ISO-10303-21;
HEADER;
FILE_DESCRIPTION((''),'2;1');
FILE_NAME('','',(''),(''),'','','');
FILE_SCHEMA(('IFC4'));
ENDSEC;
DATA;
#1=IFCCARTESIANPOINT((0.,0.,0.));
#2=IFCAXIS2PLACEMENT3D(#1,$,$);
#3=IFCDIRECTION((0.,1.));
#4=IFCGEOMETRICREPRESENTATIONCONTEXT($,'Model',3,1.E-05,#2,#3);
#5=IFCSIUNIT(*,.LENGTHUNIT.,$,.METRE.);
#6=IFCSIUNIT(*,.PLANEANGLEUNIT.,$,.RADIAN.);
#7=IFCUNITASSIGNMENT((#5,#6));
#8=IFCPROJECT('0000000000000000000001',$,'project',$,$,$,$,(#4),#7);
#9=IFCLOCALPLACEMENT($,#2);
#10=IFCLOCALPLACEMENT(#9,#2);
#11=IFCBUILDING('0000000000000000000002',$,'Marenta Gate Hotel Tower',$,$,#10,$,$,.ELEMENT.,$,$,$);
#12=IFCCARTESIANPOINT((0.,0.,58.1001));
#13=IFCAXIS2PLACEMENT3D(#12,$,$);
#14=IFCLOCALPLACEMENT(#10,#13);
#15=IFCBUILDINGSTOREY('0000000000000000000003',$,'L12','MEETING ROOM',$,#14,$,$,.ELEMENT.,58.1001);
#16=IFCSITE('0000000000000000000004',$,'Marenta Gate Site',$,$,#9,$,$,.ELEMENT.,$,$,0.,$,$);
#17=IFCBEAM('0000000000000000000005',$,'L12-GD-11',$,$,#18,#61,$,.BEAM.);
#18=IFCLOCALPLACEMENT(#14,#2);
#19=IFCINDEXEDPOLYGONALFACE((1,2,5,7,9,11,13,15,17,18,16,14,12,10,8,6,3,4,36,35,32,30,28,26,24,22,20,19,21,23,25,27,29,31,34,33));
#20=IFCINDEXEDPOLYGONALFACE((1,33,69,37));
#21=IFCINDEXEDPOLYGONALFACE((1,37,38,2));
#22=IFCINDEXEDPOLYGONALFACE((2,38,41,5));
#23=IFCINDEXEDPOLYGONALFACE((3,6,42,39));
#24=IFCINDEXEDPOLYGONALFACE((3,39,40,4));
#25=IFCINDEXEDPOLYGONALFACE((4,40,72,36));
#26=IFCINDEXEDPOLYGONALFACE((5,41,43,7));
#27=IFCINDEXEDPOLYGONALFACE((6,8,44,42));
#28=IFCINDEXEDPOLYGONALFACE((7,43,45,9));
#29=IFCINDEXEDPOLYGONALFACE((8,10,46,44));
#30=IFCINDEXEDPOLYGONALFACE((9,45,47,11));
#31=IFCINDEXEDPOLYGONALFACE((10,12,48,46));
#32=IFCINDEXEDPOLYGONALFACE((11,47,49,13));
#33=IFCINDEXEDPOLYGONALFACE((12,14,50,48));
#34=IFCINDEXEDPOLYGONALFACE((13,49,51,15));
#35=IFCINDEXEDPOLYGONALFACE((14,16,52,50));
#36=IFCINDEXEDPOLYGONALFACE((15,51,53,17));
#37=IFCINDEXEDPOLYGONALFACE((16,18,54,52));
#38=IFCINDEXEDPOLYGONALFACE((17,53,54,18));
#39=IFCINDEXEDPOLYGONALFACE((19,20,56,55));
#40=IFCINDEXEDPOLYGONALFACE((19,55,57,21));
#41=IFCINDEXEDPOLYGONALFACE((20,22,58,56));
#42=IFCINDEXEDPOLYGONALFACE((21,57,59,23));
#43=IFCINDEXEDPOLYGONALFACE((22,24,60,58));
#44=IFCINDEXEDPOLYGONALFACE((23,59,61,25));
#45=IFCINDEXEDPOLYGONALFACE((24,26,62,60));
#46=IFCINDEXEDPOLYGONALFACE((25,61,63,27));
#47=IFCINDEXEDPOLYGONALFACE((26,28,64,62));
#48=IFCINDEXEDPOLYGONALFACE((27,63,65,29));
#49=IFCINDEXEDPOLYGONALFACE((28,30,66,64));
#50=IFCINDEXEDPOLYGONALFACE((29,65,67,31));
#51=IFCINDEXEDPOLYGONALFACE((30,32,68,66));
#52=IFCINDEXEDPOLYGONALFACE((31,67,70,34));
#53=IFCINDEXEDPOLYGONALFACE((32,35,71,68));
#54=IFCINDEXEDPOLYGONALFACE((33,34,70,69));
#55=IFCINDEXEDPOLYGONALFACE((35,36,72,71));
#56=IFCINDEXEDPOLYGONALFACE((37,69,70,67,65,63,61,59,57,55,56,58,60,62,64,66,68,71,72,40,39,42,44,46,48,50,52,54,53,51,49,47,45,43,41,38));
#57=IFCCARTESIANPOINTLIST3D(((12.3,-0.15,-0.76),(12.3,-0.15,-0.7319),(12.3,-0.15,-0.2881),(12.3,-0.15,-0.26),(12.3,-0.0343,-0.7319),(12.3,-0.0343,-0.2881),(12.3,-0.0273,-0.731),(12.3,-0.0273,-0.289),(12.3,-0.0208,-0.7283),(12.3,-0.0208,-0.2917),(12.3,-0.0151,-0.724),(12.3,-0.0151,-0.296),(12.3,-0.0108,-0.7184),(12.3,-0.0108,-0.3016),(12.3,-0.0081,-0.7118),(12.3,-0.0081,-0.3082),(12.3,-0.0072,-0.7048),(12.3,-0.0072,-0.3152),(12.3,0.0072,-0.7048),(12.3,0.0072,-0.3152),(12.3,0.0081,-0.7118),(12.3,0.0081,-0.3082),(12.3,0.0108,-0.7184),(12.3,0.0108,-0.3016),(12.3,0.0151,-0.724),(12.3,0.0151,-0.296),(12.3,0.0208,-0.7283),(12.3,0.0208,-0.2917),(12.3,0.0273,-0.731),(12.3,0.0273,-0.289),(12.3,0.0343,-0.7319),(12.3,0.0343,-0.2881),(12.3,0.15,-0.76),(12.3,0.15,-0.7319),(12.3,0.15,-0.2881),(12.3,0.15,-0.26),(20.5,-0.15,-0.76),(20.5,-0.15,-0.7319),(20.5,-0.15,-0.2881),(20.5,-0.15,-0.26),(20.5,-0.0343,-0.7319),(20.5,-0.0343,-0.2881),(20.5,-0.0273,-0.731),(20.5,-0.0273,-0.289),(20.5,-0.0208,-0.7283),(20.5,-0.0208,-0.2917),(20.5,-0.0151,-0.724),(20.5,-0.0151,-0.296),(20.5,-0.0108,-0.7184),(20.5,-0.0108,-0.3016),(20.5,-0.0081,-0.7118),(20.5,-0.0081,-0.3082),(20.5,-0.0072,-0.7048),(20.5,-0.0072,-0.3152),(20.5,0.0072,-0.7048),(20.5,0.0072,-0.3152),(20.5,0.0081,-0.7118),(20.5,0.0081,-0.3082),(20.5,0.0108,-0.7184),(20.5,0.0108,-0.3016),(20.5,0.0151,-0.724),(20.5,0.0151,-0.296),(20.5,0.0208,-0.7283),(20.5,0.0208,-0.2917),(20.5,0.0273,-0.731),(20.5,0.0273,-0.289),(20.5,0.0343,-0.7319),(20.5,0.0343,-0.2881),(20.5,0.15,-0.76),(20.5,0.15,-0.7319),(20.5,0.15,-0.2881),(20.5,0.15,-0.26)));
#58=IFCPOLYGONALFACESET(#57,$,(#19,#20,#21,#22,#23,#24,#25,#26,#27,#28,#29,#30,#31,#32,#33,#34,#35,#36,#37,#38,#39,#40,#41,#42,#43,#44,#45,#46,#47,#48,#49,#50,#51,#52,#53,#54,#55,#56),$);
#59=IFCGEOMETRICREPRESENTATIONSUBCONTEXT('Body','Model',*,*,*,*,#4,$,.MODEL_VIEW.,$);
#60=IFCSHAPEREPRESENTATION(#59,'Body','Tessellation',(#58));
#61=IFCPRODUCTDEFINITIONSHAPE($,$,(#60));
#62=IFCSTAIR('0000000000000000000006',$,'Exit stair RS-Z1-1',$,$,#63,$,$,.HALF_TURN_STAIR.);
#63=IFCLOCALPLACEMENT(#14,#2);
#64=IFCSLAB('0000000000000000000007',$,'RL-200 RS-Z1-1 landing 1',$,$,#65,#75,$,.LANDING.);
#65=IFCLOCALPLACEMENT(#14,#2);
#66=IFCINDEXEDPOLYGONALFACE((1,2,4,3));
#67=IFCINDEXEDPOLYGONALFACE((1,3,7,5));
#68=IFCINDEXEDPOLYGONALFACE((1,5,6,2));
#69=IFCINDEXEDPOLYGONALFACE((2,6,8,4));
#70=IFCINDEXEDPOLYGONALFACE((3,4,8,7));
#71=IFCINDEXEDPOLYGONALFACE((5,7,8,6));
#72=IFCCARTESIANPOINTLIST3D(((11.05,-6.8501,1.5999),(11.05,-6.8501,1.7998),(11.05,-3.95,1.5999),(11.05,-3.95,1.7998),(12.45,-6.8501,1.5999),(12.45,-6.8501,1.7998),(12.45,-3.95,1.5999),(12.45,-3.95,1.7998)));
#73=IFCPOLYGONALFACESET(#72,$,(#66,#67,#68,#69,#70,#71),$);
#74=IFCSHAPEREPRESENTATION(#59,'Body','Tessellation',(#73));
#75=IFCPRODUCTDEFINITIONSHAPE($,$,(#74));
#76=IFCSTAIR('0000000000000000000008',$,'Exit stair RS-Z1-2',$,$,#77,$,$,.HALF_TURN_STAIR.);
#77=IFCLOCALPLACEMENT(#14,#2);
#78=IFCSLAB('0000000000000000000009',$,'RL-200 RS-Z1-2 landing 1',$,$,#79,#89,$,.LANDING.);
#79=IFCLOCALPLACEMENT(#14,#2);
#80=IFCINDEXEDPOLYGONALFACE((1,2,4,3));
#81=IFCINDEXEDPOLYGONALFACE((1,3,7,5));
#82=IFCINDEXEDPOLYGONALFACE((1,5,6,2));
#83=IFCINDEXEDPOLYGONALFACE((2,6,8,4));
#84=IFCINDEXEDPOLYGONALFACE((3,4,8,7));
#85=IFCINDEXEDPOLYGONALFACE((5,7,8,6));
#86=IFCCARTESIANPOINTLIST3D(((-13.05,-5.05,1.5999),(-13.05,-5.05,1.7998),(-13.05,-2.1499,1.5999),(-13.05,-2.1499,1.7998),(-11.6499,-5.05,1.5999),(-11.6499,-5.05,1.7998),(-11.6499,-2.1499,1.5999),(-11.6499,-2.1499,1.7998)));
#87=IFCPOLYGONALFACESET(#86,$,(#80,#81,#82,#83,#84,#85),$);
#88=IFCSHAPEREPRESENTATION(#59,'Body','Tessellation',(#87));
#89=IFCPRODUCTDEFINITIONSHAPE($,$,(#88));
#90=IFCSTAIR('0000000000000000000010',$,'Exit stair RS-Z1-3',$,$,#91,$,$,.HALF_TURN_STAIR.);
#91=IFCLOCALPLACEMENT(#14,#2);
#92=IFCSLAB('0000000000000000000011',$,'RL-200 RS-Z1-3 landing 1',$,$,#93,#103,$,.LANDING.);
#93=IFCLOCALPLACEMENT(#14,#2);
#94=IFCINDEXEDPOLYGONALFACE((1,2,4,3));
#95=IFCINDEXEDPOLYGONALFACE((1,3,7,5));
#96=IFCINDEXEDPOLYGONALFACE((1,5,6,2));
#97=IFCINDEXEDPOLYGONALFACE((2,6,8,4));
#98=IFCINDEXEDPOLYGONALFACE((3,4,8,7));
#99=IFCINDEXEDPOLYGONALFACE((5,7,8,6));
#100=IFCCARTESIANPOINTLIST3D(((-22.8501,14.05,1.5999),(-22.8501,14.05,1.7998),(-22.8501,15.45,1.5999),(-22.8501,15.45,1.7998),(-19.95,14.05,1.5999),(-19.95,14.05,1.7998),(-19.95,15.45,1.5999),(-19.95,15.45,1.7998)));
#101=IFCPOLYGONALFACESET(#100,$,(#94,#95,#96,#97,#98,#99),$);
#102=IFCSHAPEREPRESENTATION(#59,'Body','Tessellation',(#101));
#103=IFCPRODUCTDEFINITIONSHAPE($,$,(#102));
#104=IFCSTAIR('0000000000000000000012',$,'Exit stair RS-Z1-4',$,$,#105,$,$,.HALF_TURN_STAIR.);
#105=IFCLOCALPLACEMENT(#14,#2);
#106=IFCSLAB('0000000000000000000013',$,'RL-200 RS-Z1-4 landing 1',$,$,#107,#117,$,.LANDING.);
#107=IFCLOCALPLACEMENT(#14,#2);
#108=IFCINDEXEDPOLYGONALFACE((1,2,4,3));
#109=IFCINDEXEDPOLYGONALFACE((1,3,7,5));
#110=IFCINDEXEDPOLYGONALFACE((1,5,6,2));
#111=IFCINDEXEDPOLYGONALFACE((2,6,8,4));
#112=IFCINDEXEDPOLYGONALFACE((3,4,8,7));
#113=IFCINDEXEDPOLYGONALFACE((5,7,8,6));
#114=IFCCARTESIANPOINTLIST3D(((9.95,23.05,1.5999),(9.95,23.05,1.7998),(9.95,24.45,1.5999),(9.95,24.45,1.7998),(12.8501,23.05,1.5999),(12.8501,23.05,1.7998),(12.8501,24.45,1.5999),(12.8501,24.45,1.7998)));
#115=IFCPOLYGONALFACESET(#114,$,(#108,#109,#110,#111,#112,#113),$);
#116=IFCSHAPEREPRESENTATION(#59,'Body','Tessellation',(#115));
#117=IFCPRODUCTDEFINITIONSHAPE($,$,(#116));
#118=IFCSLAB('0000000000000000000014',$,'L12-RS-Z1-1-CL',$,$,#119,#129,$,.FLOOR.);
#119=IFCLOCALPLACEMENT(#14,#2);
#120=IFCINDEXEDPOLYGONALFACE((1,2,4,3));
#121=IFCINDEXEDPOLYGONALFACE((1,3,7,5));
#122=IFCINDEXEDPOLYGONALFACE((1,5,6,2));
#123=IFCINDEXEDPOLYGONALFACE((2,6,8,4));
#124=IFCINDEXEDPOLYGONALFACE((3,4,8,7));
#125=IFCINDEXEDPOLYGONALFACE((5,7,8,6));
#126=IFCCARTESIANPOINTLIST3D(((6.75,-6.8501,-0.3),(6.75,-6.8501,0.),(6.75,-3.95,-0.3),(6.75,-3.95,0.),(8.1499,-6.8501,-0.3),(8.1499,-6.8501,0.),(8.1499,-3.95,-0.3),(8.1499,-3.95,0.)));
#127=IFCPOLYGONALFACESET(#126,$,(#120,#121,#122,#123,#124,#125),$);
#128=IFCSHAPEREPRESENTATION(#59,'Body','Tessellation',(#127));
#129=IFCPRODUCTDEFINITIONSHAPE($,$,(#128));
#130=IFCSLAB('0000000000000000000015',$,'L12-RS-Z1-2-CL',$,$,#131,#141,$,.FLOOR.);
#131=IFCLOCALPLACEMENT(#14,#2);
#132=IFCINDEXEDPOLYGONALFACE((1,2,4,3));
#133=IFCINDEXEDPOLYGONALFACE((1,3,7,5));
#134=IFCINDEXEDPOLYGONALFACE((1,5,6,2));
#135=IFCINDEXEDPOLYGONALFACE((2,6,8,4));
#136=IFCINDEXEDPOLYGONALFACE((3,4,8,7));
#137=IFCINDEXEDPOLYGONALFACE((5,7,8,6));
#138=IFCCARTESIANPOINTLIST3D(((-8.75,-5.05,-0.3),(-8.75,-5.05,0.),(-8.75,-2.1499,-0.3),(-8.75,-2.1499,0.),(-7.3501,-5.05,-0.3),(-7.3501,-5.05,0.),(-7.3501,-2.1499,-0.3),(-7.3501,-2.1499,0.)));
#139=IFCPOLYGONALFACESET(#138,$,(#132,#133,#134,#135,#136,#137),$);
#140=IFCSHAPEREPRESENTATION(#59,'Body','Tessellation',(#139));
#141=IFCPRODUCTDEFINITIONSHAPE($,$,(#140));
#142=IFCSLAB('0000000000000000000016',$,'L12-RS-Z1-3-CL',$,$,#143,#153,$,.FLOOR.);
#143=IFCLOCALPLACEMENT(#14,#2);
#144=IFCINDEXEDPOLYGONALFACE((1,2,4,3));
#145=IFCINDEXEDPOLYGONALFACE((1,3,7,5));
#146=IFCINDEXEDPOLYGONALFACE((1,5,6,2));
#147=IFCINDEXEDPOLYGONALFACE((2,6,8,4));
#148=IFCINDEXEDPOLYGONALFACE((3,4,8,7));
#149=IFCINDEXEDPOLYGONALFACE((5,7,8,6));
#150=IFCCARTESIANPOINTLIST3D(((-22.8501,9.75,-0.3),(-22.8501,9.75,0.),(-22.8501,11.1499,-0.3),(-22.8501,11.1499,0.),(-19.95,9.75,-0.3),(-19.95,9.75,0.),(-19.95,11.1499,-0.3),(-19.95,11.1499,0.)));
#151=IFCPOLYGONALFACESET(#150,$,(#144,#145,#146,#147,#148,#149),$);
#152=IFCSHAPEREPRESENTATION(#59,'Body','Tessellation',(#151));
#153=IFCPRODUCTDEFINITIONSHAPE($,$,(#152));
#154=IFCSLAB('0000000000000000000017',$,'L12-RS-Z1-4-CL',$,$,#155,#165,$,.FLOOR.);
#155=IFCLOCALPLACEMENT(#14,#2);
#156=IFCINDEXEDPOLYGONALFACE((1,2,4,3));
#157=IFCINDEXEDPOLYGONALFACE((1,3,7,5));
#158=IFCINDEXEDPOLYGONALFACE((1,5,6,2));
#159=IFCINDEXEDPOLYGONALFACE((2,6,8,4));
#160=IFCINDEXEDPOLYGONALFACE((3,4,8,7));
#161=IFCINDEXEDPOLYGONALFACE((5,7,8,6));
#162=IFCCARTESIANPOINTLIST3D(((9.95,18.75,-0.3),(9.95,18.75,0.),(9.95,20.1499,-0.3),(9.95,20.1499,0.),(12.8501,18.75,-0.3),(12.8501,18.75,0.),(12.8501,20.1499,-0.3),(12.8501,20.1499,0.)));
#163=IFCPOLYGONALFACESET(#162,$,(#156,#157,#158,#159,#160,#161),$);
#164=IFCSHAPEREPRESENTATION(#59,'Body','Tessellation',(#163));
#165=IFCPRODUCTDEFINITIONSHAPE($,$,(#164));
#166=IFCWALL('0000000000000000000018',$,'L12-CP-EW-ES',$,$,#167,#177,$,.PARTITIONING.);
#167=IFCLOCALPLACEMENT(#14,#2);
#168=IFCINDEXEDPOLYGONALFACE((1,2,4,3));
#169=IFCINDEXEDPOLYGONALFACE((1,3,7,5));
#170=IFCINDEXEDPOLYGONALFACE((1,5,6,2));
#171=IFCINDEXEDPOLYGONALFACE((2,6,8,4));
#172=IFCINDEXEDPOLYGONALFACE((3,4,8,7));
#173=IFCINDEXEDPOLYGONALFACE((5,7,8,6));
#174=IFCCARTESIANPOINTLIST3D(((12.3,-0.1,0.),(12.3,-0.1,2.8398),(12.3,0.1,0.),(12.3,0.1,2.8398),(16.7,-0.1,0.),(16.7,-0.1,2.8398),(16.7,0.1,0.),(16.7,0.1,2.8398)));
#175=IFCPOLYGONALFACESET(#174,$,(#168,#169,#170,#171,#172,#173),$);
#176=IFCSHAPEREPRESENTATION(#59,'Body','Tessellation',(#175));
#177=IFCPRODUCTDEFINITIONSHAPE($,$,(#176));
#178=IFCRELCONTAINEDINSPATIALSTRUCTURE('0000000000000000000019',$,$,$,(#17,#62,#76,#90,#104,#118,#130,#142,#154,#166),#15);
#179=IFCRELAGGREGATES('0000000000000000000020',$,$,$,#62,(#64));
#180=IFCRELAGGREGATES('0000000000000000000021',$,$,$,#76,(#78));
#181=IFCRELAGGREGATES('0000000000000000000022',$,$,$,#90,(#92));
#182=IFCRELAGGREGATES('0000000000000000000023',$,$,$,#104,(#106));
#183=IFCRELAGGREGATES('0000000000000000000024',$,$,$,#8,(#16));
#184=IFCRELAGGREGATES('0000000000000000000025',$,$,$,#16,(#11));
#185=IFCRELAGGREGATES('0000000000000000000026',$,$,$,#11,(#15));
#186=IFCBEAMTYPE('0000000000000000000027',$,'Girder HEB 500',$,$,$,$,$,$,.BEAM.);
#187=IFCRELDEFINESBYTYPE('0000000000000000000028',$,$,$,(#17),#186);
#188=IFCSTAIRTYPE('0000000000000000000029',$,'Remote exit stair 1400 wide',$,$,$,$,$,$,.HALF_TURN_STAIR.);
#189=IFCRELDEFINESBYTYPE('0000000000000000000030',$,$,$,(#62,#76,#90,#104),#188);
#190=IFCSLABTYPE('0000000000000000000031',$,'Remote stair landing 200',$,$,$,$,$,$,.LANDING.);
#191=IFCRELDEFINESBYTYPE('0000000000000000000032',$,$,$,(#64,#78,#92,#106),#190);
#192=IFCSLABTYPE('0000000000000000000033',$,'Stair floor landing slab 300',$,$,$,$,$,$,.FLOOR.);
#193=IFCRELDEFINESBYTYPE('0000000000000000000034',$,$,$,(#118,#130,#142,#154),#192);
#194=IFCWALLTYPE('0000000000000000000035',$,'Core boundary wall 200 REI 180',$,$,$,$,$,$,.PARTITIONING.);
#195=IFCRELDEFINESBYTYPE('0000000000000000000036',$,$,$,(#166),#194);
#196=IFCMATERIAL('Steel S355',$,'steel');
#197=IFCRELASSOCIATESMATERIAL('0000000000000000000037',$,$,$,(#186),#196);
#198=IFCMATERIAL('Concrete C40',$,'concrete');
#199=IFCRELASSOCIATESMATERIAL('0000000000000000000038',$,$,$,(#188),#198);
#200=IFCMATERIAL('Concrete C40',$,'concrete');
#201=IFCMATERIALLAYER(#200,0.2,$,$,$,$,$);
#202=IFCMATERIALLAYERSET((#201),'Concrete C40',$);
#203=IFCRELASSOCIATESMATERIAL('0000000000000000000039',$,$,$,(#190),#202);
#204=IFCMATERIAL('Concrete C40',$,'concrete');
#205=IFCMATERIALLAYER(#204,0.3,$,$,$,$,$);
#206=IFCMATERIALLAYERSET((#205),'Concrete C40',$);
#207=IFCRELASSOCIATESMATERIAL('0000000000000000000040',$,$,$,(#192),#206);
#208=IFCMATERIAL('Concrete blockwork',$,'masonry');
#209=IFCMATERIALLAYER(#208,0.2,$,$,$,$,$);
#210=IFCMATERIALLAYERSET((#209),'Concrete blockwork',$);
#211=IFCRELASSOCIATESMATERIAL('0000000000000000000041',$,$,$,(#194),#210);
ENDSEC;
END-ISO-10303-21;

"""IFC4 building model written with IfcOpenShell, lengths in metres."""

from ifc_helpers import new_model, si_unit, direction, frame, frame_2d, origin, origin_2d, place, context, subcontext, project, spatial, polyline, rectangle, i_section, outline, extrude, material, layer, layer_set, material_profile, profile_set, type_object, element, aggregate, save


model = new_model("IFC4")

# Units and contexts
model_context = context("Model", 3, precision=1e-05, world=origin(), true_north=direction((0.0, 1.0)))
body_context = subcontext(model_context, "Body", "Model", "MODEL_VIEW")
ifc_project = project(units=[si_unit("LENGTHUNIT", "METRE"), si_unit("PLANEANGLEUNIT", "RADIAN")], contexts=[model_context])

# Site, building, storey
site_placement = place(None, origin())
site = spatial("IfcSite", under=ifc_project, at=site_placement, Name="Marenta Gate Site", CompositionType="ELEMENT", RefElevation=0.0)
building_placement = place(site_placement, origin())
building = spatial("IfcBuilding", under=site, at=building_placement, Name="Marenta Gate Hotel Tower", CompositionType="ELEMENT")
storey_placement = place(building_placement, frame((0.0, 0.0, 58.1001)))
storey = spatial("IfcBuildingStorey", under=building, at=storey_placement, Name="L12", Description="MEETING ROOM", CompositionType="ELEMENT", Elevation=58.1001)

# Beam
ifc_material_1 = material(Name="Steel S355", Category="steel")
ifc_material_profile = material_profile(ifc_material_1, i_section(OverallWidth=0.3, OverallDepth=0.5, WebThickness=0.0144, FlangeThickness=0.0281, FilletRadius=0.0271, at=origin_2d()), Name="HEB 500")
ifc_profile_set = profile_set([ifc_material_profile], Name="Steel S355")
beam_type = type_object("IfcBeamType", Name="Girder HEB 500", PredefinedType="BEAM", material=ifc_profile_set)
beam_placement = place(storey_placement, frame((12.3, 0.0, -0.51), z_axis=(1.0, 0.0, 0.0), x_axis=(0.0, 1.0, 0.0)))
element("IfcBeam", 1, at=beam_placement, inside=storey, type_object=beam_type, Name="L12-GD-11", PredefinedType="BEAM", context=body_context, shape_type="SweptSolid", body=[
    extrude(i_section(OverallWidth=0.3, OverallDepth=0.5, WebThickness=0.0144, FlangeThickness=0.0281, FilletRadius=0.0271, at=origin_2d()), origin(), (0.0, 0.0, 1.0), 8.2),
])

# Stairs, slabs
ifc_material_2 = material(Name="Concrete C40", Category="concrete")
stair_type = type_object("IfcStairType", Name="Remote exit stair 1400 wide", PredefinedType="HALF_TURN_STAIR", material=ifc_material_2)
stair_1_placement = place(storey_placement, origin())
stair_1 = element("IfcStair", 2, at=stair_1_placement, inside=storey, type_object=stair_type, Name="Exit stair RS-Z1-1", PredefinedType="HALF_TURN_STAIR")
ifc_material_3 = material(Name="Concrete C40", Category="concrete")
ifc_layer_1 = layer(ifc_material_3, 0.2)
ifc_layer_set_1 = layer_set([ifc_layer_1], Name="Concrete C40")
slab_type_1 = type_object("IfcSlabType", Name="Remote stair landing 200", PredefinedType="LANDING", material=ifc_layer_set_1)
slab_1_placement = place(storey_placement, frame((0.0, 0.0, 1.5999)))
slab_1 = element("IfcSlab", 3, at=slab_1_placement, type_object=slab_type_1, Name="RL-200 RS-Z1-1 landing 1", PredefinedType="LANDING", context=body_context, shape_type="SweptSolid", body=[
    extrude(outline(polyline([(11.05, -6.8501), (12.45, -6.8501), (12.45, -3.95), (11.05, -3.95), (11.05, -6.8501)])), origin(), (0.0, 0.0, 1.0), 0.2),
])
aggregate(stair_1, [slab_1])
stair_2_placement = place(storey_placement, origin())
stair_2 = element("IfcStair", 4, at=stair_2_placement, inside=storey, type_object=stair_type, Name="Exit stair RS-Z1-2", PredefinedType="HALF_TURN_STAIR")
slab_2_placement = place(storey_placement, frame((0.0, 0.0, 1.5999)))
slab_2 = element("IfcSlab", 5, at=slab_2_placement, type_object=slab_type_1, Name="RL-200 RS-Z1-2 landing 1", PredefinedType="LANDING", context=body_context, shape_type="SweptSolid", body=[
    extrude(outline(polyline([(-13.05, -5.05), (-11.6499, -5.05), (-11.6499, -2.1499), (-13.05, -2.1499), (-13.05, -5.05)])), origin(), (0.0, 0.0, 1.0), 0.2),
])
aggregate(stair_2, [slab_2])
stair_3_placement = place(storey_placement, origin())
stair_3 = element("IfcStair", 6, at=stair_3_placement, inside=storey, type_object=stair_type, Name="Exit stair RS-Z1-3", PredefinedType="HALF_TURN_STAIR")
slab_3_placement = place(storey_placement, frame((0.0, 0.0, 1.5999)))
slab_3 = element("IfcSlab", 7, at=slab_3_placement, type_object=slab_type_1, Name="RL-200 RS-Z1-3 landing 1", PredefinedType="LANDING", context=body_context, shape_type="SweptSolid", body=[
    extrude(outline(polyline([(-22.8501, 14.05), (-19.95, 14.05), (-19.95, 15.45), (-22.8501, 15.45), (-22.8501, 14.05)])), origin(), (0.0, 0.0, 1.0), 0.2),
])
aggregate(stair_3, [slab_3])
stair_4_placement = place(storey_placement, origin())
stair_4 = element("IfcStair", 8, at=stair_4_placement, inside=storey, type_object=stair_type, Name="Exit stair RS-Z1-4", PredefinedType="HALF_TURN_STAIR")
slab_4_placement = place(storey_placement, frame((0.0, 0.0, 1.5999)))
slab_4 = element("IfcSlab", 9, at=slab_4_placement, type_object=slab_type_1, Name="RL-200 RS-Z1-4 landing 1", PredefinedType="LANDING", context=body_context, shape_type="SweptSolid", body=[
    extrude(outline(polyline([(9.95, 23.05), (12.8501, 23.05), (12.8501, 24.45), (9.95, 24.45), (9.95, 23.05)])), origin(), (0.0, 0.0, 1.0), 0.2),
])
aggregate(stair_4, [slab_4])

# Slabs
ifc_material_4 = material(Name="Concrete C40", Category="concrete")
ifc_layer_2 = layer(ifc_material_4, 0.3)
ifc_layer_set_2 = layer_set([ifc_layer_2], Name="Concrete C40")
slab_type_2 = type_object("IfcSlabType", Name="Stair floor landing slab 300", PredefinedType="FLOOR", material=ifc_layer_set_2)
slab_5_placement = place(storey_placement, frame((0.0, 0.0, -0.3)))
element("IfcSlab", 10, at=slab_5_placement, inside=storey, type_object=slab_type_2, Name="L12-RS-Z1-1-CL", PredefinedType="FLOOR", context=body_context, shape_type="SweptSolid", body=[
    extrude(outline(polyline([(8.1499, -6.8501), (8.1499, -3.95), (6.75, -3.95), (6.75, -6.8501), (8.1499, -6.8501)])), origin(), (0.0, 0.0, 1.0), 0.3),
])
slab_6_placement = place(storey_placement, frame((0.0, 0.0, -0.3)))
element("IfcSlab", 11, at=slab_6_placement, inside=storey, type_object=slab_type_2, Name="L12-RS-Z1-2-CL", PredefinedType="FLOOR", context=body_context, shape_type="SweptSolid", body=[
    extrude(outline(polyline([(-7.3501, -5.05), (-7.3501, -2.1499), (-8.75, -2.1499), (-8.75, -5.05), (-7.3501, -5.05)])), origin(), (0.0, 0.0, 1.0), 0.3),
])
slab_7_placement = place(storey_placement, frame((0.0, 0.0, -0.3)))
element("IfcSlab", 12, at=slab_7_placement, inside=storey, type_object=slab_type_2, Name="L12-RS-Z1-3-CL", PredefinedType="FLOOR", context=body_context, shape_type="SweptSolid", body=[
    extrude(outline(polyline([(-19.95, 9.75), (-19.95, 11.1499), (-22.8501, 11.1499), (-22.8501, 9.75), (-19.95, 9.75)])), origin(), (0.0, 0.0, 1.0), 0.3),
])
slab_8_placement = place(storey_placement, frame((0.0, 0.0, -0.3)))
element("IfcSlab", 13, at=slab_8_placement, inside=storey, type_object=slab_type_2, Name="L12-RS-Z1-4-CL", PredefinedType="FLOOR", context=body_context, shape_type="SweptSolid", body=[
    extrude(outline(polyline([(12.8501, 18.75), (12.8501, 20.1499), (9.95, 20.1499), (9.95, 18.75), (12.8501, 18.75)])), origin(), (0.0, 0.0, 1.0), 0.3),
])

# Wall
ifc_material_5 = material(Name="Concrete blockwork", Category="masonry")
ifc_layer_3 = layer(ifc_material_5, 0.2)
ifc_layer_set_3 = layer_set([ifc_layer_3], Name="Concrete blockwork")
wall_type_1 = type_object("IfcWallType", Name="Core boundary wall 200 REI 180", PredefinedType="PARTITIONING", material=ifc_layer_set_3)
wall_1_placement = place(storey_placement, frame((12.3, 0.0, 0.0), z_axis=(0.0, 0.0, 1.0), x_axis=(1.0, 0.0, 0.0)))
element("IfcWall", 14, at=wall_1_placement, inside=storey, type_object=wall_type_1, Name="L12-CP-EW-ES", PredefinedType="PARTITIONING", context=body_context, shape_type="SweptSolid", body=[
    extrude(rectangle(XDim=4.3999, YDim=0.2, at=frame_2d((2.2, 0.0))), origin(), (0.0, 0.0, 1.0), 2.8398),
])

save(model, "model.ifc")
